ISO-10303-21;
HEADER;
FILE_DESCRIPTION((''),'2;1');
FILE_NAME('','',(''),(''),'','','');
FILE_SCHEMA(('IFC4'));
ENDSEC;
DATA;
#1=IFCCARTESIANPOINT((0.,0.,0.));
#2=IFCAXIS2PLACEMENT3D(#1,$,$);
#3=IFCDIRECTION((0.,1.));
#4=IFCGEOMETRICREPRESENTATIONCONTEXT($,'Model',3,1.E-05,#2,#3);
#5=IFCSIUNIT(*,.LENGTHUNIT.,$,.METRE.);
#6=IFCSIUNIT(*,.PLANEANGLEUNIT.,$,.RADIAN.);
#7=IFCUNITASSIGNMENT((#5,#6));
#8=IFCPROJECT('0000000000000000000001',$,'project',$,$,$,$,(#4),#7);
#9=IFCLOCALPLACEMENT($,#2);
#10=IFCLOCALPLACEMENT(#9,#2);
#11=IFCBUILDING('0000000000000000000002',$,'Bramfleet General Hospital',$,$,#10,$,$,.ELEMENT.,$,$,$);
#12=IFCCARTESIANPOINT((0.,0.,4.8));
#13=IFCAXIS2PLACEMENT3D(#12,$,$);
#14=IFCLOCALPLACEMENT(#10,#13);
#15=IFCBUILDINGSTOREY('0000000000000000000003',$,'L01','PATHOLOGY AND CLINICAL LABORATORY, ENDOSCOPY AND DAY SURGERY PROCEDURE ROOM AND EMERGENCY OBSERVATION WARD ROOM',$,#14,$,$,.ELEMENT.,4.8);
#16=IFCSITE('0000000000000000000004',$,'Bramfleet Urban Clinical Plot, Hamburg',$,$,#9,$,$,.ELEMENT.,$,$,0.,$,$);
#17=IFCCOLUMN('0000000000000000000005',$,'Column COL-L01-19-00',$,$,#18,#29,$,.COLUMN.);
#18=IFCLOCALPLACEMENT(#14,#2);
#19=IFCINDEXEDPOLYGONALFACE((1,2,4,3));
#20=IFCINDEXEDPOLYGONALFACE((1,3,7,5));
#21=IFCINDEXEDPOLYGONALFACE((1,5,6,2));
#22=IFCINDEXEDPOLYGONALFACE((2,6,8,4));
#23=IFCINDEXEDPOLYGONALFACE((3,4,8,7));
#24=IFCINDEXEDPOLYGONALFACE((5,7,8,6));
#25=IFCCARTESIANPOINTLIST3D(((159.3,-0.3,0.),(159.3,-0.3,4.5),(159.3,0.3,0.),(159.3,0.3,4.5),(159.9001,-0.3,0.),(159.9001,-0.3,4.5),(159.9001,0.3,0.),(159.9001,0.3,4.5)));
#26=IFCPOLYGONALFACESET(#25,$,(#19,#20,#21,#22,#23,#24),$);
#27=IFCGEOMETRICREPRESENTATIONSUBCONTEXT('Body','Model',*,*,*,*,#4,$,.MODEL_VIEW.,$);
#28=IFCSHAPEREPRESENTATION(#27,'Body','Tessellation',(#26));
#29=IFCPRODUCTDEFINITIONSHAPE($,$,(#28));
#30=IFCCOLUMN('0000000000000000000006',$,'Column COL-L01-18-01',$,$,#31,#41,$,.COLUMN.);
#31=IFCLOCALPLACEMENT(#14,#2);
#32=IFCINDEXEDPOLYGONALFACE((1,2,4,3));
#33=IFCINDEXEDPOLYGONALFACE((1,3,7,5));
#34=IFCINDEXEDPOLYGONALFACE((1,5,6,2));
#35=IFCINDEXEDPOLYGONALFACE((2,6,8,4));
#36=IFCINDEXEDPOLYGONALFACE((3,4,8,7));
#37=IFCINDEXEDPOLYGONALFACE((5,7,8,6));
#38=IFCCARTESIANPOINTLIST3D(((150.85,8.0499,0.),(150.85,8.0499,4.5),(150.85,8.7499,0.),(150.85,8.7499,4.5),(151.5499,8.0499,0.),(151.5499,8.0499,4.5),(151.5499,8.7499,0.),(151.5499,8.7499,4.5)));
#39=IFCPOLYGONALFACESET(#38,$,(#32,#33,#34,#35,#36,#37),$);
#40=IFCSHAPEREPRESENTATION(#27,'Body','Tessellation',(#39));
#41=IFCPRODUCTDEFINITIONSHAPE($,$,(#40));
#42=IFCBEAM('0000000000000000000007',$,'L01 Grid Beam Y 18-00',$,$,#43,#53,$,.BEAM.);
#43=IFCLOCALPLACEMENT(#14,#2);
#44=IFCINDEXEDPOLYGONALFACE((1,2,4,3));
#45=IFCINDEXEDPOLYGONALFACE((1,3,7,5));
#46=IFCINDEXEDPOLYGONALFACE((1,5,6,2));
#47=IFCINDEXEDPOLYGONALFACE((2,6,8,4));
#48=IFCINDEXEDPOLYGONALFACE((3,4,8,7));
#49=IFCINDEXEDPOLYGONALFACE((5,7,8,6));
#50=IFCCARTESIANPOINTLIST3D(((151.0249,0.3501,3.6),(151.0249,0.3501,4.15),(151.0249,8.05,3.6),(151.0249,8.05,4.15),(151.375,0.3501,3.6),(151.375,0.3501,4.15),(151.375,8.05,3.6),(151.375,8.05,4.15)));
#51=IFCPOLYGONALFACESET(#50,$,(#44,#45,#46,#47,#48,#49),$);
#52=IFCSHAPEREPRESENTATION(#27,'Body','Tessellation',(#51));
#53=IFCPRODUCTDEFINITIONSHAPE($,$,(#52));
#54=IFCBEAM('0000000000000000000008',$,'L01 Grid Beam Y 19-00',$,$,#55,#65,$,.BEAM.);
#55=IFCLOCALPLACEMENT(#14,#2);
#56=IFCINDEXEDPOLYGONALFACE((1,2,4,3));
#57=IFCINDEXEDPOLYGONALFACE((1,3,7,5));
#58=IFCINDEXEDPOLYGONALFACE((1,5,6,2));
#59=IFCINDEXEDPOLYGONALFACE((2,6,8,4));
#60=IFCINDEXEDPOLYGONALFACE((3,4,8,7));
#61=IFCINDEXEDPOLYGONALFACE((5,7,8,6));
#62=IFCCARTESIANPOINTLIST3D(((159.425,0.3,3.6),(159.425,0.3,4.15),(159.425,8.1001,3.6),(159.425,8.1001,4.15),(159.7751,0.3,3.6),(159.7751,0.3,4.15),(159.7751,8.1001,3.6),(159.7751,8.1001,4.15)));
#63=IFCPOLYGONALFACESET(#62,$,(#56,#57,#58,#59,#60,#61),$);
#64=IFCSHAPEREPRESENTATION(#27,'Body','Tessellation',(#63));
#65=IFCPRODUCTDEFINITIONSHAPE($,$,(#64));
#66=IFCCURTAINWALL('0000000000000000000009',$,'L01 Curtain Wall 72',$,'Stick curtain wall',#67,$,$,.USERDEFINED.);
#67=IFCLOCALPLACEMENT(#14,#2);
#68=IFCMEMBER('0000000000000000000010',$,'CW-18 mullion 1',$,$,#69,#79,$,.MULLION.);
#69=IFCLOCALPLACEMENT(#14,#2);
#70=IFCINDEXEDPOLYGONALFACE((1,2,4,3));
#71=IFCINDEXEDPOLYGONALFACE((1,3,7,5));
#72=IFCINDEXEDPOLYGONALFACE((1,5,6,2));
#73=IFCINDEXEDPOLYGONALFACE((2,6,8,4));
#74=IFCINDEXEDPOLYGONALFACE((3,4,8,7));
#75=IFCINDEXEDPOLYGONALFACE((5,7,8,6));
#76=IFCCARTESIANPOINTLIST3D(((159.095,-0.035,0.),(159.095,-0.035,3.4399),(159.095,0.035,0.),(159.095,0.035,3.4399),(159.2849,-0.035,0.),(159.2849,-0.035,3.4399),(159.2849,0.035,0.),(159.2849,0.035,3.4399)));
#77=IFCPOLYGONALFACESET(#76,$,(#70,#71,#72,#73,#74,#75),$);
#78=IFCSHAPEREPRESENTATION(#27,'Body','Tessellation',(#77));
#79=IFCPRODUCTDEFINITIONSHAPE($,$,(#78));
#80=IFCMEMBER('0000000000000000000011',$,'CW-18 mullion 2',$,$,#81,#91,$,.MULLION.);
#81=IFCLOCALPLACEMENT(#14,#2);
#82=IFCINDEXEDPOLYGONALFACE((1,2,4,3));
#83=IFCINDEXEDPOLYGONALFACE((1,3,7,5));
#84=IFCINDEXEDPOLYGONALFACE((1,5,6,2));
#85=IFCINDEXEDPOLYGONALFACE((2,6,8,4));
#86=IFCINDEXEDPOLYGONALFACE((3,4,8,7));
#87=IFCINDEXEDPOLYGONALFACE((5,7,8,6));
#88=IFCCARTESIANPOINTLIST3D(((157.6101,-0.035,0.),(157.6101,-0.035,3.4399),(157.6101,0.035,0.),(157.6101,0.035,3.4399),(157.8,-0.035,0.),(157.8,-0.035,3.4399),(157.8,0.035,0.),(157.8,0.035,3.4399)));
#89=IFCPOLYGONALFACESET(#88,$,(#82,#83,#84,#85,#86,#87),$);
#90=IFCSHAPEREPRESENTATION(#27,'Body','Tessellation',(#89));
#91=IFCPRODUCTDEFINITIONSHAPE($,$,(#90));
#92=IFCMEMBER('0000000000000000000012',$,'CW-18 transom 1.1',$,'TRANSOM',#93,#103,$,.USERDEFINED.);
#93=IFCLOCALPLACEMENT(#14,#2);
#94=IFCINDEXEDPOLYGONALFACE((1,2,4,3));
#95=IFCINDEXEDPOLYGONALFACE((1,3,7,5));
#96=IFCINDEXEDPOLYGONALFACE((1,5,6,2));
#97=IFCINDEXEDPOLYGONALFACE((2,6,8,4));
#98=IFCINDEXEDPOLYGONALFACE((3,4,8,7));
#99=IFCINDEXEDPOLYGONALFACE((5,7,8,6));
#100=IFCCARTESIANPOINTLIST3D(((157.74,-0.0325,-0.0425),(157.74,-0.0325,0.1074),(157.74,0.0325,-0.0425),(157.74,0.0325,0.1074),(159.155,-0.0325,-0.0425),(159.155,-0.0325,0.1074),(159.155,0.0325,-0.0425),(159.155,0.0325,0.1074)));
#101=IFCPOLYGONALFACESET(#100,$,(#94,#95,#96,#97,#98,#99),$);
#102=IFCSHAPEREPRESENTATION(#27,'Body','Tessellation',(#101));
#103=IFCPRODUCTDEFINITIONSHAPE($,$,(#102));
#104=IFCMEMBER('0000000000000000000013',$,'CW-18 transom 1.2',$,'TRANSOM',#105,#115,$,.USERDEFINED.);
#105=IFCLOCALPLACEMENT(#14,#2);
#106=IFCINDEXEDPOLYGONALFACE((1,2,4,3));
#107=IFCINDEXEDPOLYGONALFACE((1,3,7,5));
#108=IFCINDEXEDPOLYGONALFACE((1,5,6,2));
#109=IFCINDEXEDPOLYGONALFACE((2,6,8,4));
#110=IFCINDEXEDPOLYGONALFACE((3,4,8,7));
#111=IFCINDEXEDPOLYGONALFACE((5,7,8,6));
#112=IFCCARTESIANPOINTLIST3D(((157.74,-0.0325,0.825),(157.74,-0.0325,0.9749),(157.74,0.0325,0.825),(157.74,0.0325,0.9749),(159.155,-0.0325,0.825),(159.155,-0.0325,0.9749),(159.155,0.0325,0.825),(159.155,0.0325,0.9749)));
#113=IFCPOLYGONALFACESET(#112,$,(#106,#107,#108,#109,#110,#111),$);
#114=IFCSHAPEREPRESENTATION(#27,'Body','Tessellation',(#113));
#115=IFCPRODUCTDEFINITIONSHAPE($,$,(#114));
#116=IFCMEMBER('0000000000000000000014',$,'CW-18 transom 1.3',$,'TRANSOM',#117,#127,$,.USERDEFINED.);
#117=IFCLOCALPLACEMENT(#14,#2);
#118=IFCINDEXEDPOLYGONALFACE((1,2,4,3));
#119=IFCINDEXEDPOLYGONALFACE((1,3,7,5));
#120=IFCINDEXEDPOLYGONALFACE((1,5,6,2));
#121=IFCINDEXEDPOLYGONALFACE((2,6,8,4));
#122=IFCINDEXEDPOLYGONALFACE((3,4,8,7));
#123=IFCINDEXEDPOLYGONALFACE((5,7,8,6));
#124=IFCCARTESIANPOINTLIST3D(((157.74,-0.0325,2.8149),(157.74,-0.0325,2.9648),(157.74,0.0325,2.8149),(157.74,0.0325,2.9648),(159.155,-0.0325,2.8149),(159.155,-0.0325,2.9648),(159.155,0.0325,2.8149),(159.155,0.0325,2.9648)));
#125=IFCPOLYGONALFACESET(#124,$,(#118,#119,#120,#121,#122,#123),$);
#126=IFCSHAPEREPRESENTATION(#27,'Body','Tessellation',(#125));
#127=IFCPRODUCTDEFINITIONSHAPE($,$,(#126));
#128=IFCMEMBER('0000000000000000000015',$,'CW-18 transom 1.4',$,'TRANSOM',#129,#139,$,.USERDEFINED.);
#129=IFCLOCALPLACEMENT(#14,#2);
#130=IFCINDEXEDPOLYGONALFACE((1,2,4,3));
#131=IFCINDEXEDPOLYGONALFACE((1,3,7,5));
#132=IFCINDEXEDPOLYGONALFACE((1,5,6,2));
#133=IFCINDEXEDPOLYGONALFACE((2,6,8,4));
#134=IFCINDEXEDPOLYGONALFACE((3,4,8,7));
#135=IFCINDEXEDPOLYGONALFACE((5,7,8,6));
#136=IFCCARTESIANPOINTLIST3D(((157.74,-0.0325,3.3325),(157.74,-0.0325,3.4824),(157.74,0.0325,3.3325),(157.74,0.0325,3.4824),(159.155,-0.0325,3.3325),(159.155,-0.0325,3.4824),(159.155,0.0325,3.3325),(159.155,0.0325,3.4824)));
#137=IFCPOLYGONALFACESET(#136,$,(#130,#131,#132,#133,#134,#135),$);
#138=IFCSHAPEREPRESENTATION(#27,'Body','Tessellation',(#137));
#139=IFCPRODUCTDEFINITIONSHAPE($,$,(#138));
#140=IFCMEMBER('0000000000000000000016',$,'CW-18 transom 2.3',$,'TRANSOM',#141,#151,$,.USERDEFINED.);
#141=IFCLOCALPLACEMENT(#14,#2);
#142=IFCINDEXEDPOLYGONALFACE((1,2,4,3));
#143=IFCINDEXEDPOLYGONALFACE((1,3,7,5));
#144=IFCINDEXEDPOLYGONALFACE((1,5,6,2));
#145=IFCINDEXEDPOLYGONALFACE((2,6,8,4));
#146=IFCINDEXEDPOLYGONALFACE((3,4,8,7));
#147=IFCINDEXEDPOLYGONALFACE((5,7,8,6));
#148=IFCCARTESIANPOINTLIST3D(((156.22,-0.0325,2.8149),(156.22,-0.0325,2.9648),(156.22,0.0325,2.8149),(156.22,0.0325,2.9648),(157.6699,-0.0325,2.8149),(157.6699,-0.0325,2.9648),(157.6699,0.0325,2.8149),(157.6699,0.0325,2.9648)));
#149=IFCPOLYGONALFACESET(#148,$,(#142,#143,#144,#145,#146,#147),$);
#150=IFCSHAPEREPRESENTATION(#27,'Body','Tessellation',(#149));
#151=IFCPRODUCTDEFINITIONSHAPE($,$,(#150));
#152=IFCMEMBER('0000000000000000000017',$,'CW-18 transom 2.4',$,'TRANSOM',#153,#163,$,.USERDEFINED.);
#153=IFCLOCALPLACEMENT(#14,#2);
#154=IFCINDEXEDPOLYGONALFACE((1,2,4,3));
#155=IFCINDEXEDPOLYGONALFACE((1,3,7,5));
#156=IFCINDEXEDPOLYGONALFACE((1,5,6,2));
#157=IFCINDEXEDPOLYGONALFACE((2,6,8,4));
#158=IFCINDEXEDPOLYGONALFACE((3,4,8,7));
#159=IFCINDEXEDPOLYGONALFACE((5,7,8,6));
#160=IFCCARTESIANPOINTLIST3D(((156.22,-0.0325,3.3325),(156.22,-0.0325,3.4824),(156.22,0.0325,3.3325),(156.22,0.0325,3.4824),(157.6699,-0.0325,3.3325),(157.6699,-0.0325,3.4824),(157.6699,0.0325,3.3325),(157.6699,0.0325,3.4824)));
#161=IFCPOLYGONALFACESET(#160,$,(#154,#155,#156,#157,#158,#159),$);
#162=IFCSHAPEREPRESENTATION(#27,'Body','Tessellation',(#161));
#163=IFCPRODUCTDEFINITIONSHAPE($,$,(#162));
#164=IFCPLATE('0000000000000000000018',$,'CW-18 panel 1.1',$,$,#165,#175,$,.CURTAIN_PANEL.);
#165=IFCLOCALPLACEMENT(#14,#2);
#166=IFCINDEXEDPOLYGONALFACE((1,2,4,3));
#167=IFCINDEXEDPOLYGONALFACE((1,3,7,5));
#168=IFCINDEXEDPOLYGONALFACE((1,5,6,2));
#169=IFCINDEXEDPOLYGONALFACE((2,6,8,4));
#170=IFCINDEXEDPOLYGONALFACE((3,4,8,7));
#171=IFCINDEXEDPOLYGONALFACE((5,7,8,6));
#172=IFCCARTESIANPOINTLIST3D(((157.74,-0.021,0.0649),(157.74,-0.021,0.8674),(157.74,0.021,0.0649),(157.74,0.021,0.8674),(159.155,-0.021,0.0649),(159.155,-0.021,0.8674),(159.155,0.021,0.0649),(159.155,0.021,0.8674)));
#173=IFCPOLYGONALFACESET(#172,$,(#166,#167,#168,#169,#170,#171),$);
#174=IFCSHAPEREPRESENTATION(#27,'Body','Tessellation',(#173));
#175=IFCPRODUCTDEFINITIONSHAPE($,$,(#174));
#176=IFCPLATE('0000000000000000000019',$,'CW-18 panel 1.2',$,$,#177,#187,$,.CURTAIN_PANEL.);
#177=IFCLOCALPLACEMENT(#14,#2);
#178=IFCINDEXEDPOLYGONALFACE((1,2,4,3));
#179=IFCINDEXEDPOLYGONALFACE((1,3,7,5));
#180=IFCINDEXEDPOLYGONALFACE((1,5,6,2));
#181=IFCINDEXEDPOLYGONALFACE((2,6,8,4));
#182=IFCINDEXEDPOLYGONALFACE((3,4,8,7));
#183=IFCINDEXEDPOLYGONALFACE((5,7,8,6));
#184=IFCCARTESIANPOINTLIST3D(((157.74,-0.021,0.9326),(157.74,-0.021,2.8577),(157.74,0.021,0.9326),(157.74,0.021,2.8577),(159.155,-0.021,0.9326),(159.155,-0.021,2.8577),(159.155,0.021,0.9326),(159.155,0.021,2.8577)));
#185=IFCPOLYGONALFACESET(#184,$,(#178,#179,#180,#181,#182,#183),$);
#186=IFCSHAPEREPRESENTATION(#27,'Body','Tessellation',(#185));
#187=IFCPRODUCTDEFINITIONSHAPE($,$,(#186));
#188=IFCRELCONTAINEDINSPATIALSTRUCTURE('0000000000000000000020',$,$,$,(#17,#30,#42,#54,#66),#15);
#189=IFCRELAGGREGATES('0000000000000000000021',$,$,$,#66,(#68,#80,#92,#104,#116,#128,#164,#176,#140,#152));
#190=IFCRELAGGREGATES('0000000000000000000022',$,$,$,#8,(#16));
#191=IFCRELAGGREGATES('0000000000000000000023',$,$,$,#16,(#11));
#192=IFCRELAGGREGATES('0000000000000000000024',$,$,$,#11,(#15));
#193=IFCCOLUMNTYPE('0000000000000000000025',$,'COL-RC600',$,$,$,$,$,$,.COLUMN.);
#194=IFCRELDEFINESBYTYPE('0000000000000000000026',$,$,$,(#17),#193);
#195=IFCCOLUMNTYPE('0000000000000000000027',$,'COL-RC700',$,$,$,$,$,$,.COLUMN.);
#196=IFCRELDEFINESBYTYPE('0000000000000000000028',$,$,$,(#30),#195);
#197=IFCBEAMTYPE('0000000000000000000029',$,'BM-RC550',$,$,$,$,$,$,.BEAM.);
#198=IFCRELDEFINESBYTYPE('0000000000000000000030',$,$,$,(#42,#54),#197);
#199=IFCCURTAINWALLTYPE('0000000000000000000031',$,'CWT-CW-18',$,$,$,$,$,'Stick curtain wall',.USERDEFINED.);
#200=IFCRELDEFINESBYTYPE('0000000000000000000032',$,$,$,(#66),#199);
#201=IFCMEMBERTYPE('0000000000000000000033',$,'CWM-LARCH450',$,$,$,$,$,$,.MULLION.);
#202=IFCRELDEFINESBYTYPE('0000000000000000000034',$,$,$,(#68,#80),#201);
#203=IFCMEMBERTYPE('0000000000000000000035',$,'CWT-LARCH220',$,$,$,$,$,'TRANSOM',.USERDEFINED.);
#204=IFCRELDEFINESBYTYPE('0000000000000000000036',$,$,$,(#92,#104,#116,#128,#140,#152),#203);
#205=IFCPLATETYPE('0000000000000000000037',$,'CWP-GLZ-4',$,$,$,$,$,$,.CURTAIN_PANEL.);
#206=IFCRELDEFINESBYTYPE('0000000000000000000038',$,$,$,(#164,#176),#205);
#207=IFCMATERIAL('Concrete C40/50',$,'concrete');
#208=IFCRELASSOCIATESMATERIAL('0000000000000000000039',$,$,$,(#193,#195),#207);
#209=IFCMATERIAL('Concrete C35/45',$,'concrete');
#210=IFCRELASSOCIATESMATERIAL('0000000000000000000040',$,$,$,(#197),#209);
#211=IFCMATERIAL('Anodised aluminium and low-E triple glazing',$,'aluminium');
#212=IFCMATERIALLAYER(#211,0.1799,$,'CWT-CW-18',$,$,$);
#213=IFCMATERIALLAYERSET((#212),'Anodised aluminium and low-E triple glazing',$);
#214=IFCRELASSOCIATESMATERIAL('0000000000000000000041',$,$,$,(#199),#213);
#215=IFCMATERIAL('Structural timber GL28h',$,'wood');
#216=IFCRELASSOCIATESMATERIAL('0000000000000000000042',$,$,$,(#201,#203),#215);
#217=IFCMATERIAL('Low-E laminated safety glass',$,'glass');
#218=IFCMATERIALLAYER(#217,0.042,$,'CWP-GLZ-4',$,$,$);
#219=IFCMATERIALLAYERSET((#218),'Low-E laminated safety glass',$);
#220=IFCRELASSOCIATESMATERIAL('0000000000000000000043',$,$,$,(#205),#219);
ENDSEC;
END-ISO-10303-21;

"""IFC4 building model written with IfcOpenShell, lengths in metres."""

from ifc_helpers import new_model, si_unit, direction, frame, origin, origin_2d, place, context, subcontext, project, spatial, rectangle, extrude, material, layer, layer_set, material_profile, profile_set, type_object, element, aggregate, save


model = new_model("IFC4")

# Units and contexts
model_context = context("Model", 3, precision=1e-05, world=origin(), true_north=direction((0.0, 1.0)))
body_context = subcontext(model_context, "Body", "Model", "MODEL_VIEW")
ifc_project = project(units=[si_unit("LENGTHUNIT", "METRE"), si_unit("PLANEANGLEUNIT", "RADIAN")], contexts=[model_context])

# Site, building, storey
site_placement = place(None, origin())
site = spatial("IfcSite", under=ifc_project, at=site_placement, Name="Bramfleet Urban Clinical Plot, Hamburg", CompositionType="ELEMENT", RefElevation=0.0)
building_placement = place(site_placement, origin())
building = spatial("IfcBuilding", under=site, at=building_placement, Name="Bramfleet General Hospital", CompositionType="ELEMENT")
storey_placement = place(building_placement, frame((0.0, 0.0, 4.8)))
storey = spatial("IfcBuildingStorey", under=building, at=storey_placement, Name="L01", Description="PATHOLOGY AND CLINICAL LABORATORY, ENDOSCOPY AND DAY SURGERY PROCEDURE ROOM AND EMERGENCY OBSERVATION WARD ROOM", CompositionType="ELEMENT", Elevation=4.8)

# Columns
ifc_material_1 = material(Name="Concrete C40/50", Category="concrete")
ifc_material_profile_1 = material_profile(ifc_material_1, rectangle(XDim=0.6001, YDim=0.6001, at=origin_2d()), Name="RC COL 600x600")
ifc_profile_set_1 = profile_set([ifc_material_profile_1], Name="Concrete C40/50")
column_type_1 = type_object("IfcColumnType", Name="COL-RC600", PredefinedType="COLUMN", material=ifc_profile_set_1)
column_1_placement = place(storey_placement, frame((159.6001, 0.0, 0.0), z_axis=(0.0, 0.0, 1.0), x_axis=(1.0, 0.0, 0.0)))
element("IfcColumn", 1, at=column_1_placement, inside=storey, type_object=column_type_1, Name="Column COL-L01-19-00", PredefinedType="COLUMN", context=body_context, shape_type="SweptSolid", body=[
    extrude(rectangle(XDim=0.6001, YDim=0.6001, at=origin_2d()), origin(), (0.0, 0.0, 1.0), 4.5),
])
ifc_material_profile_2 = material_profile(ifc_material_1, rectangle(XDim=0.7, YDim=0.7, at=origin_2d()), Name="RC COL 700x700")
ifc_profile_set_2 = profile_set([ifc_material_profile_2], Name="Concrete C40/50")
column_type_2 = type_object("IfcColumnType", Name="COL-RC700", PredefinedType="COLUMN", material=ifc_profile_set_2)
column_2_placement = place(storey_placement, frame((151.2, 8.3999, 0.0), z_axis=(0.0, 0.0, 1.0), x_axis=(1.0, 0.0, 0.0)))
element("IfcColumn", 2, at=column_2_placement, inside=storey, type_object=column_type_2, Name="Column COL-L01-18-01", PredefinedType="COLUMN", context=body_context, shape_type="SweptSolid", body=[
    extrude(rectangle(XDim=0.7, YDim=0.7, at=origin_2d()), origin(), (0.0, 0.0, 1.0), 4.5),
])

# Beams
ifc_material_2 = material(Name="Concrete C35/45", Category="concrete")
ifc_material_profile_3 = material_profile(ifc_material_2, rectangle(XDim=0.3501, YDim=0.55, at=origin_2d()), Name="RC BM 550x350")
ifc_profile_set_3 = profile_set([ifc_material_profile_3], Name="Concrete C35/45")
beam_type = type_object("IfcBeamType", Name="BM-RC550", PredefinedType="BEAM", material=ifc_profile_set_3)
beam_1_placement = place(storey_placement, frame((151.2, 0.3501, 3.875), z_axis=(0.0, 1.0, 0.0), x_axis=(-1.0, 0.0, 0.0)))
element("IfcBeam", 3, at=beam_1_placement, inside=storey, type_object=beam_type, Name="L01 Grid Beam Y 18-00", PredefinedType="BEAM", context=body_context, shape_type="SweptSolid", body=[
    extrude(rectangle(XDim=0.3501, YDim=0.55, at=origin_2d()), origin(), (0.0, 0.0, 1.0), 7.7),
])
beam_2_placement = place(storey_placement, frame((159.6001, 0.3, 3.875), z_axis=(0.0, 1.0, 0.0), x_axis=(-1.0, 0.0, 0.0)))
element("IfcBeam", 4, at=beam_2_placement, inside=storey, type_object=beam_type, Name="L01 Grid Beam Y 19-00", PredefinedType="BEAM", context=body_context, shape_type="SweptSolid", body=[
    extrude(rectangle(XDim=0.3501, YDim=0.55, at=origin_2d()), origin(), (0.0, 0.0, 1.0), 7.8),
])

# Curtain wall, members, plates
ifc_material_3 = material(Name="Anodised aluminium and low-E triple glazing", Category="aluminium")
ifc_layer_1 = layer(ifc_material_3, 0.1799, Name="CWT-CW-18")
ifc_layer_set_1 = layer_set([ifc_layer_1], Name="Anodised aluminium and low-E triple glazing")
curtain_wall_type = type_object("IfcCurtainWallType", Name="CWT-CW-18", ElementType="Stick curtain wall", PredefinedType="USERDEFINED", material=ifc_layer_set_1)
curtain_wall_placement = place(storey_placement, origin())
curtain_wall = element("IfcCurtainWall", 5, at=curtain_wall_placement, inside=storey, type_object=curtain_wall_type, Name="L01 Curtain Wall 72", ObjectType="Stick curtain wall", PredefinedType="USERDEFINED")
ifc_material_4 = material(Name="Structural timber GL28h", Category="wood")
ifc_material_profile_4 = material_profile(ifc_material_4, rectangle(XDim=0.0701, YDim=0.1899, at=origin_2d()), Name="LARCH 190x70")
ifc_profile_set_4 = profile_set([ifc_material_profile_4], Name="Structural timber GL28h")
member_type_1 = type_object("IfcMemberType", Name="CWM-LARCH450", PredefinedType="MULLION", material=ifc_profile_set_4)
member_1_placement = place(storey_placement, frame((159.1899, 0.0, 0.0), z_axis=(0.0, 0.0, 1.0), x_axis=(0.0, -1.0, 0.0)))
member_1 = element("IfcMember", 6, at=member_1_placement, type_object=member_type_1, Name="CW-18 mullion 1", PredefinedType="MULLION", context=body_context, shape_type="SweptSolid", body=[
    extrude(rectangle(XDim=0.0701, YDim=0.1899, at=origin_2d()), origin(), (0.0, 0.0, 1.0), 3.4399),
])
member_2_placement = place(storey_placement, frame((157.7051, 0.0, 0.0), z_axis=(0.0, 0.0, 1.0), x_axis=(0.0, -1.0, 0.0)))
member_2 = element("IfcMember", 7, at=member_2_placement, type_object=member_type_1, Name="CW-18 mullion 2", PredefinedType="MULLION", context=body_context, shape_type="SweptSolid", body=[
    extrude(rectangle(XDim=0.0701, YDim=0.1899, at=origin_2d()), origin(), (0.0, 0.0, 1.0), 3.4399),
])
ifc_material_profile_5 = material_profile(ifc_material_4, rectangle(XDim=0.0649, YDim=0.1499, at=origin_2d()), Name="LARCH 150x65")
ifc_profile_set_5 = profile_set([ifc_material_profile_5], Name="Structural timber GL28h")
member_type_2 = type_object("IfcMemberType", Name="CWT-LARCH220", ElementType="TRANSOM", PredefinedType="USERDEFINED", material=ifc_profile_set_5)
member_3_placement = place(storey_placement, frame((159.155, 0.0, 0.0325), z_axis=(-1.0, 0.0, 0.0), x_axis=(0.0, -1.0, 0.0)))
member_3 = element("IfcMember", 8, at=member_3_placement, type_object=member_type_2, Name="CW-18 transom 1.1", ObjectType="TRANSOM", PredefinedType="USERDEFINED", context=body_context, shape_type="SweptSolid", body=[
    extrude(rectangle(XDim=0.0649, YDim=0.1499, at=origin_2d()), origin(), (0.0, 0.0, 1.0), 1.415),
])
member_4_placement = place(storey_placement, frame((159.155, 0.0, 0.8999), z_axis=(-1.0, 0.0, 0.0), x_axis=(0.0, -1.0, 0.0)))
member_4 = element("IfcMember", 9, at=member_4_placement, type_object=member_type_2, Name="CW-18 transom 1.2", ObjectType="TRANSOM", PredefinedType="USERDEFINED", context=body_context, shape_type="SweptSolid", body=[
    extrude(rectangle(XDim=0.0649, YDim=0.1499, at=origin_2d()), origin(), (0.0, 0.0, 1.0), 1.415),
])
member_5_placement = place(storey_placement, frame((159.155, 0.0, 2.8899), z_axis=(-1.0, 0.0, 0.0), x_axis=(0.0, -1.0, 0.0)))
member_5 = element("IfcMember", 10, at=member_5_placement, type_object=member_type_2, Name="CW-18 transom 1.3", ObjectType="TRANSOM", PredefinedType="USERDEFINED", context=body_context, shape_type="SweptSolid", body=[
    extrude(rectangle(XDim=0.0649, YDim=0.1499, at=origin_2d()), origin(), (0.0, 0.0, 1.0), 1.415),
])
member_6_placement = place(storey_placement, frame((159.155, 0.0, 3.4075), z_axis=(-1.0, 0.0, 0.0), x_axis=(0.0, -1.0, 0.0)))
member_6 = element("IfcMember", 11, at=member_6_placement, type_object=member_type_2, Name="CW-18 transom 1.4", ObjectType="TRANSOM", PredefinedType="USERDEFINED", context=body_context, shape_type="SweptSolid", body=[
    extrude(rectangle(XDim=0.0649, YDim=0.1499, at=origin_2d()), origin(), (0.0, 0.0, 1.0), 1.415),
])
member_7_placement = place(storey_placement, frame((157.6699, 0.0, 2.8899), z_axis=(-1.0, 0.0, 0.0), x_axis=(0.0, -1.0, 0.0)))
member_7 = element("IfcMember", 12, at=member_7_placement, type_object=member_type_2, Name="CW-18 transom 2.3", ObjectType="TRANSOM", PredefinedType="USERDEFINED", context=body_context, shape_type="SweptSolid", body=[
    extrude(rectangle(XDim=0.0649, YDim=0.1499, at=origin_2d()), origin(), (0.0, 0.0, 1.0), 1.45),
])
member_8_placement = place(storey_placement, frame((157.6699, 0.0, 3.4075), z_axis=(-1.0, 0.0, 0.0), x_axis=(0.0, -1.0, 0.0)))
member_8 = element("IfcMember", 13, at=member_8_placement, type_object=member_type_2, Name="CW-18 transom 2.4", ObjectType="TRANSOM", PredefinedType="USERDEFINED", context=body_context, shape_type="SweptSolid", body=[
    extrude(rectangle(XDim=0.0649, YDim=0.1499, at=origin_2d()), origin(), (0.0, 0.0, 1.0), 1.45),
])
ifc_material_5 = material(Name="Low-E laminated safety glass", Category="glass")
ifc_layer_2 = layer(ifc_material_5, 0.042, Name="CWP-GLZ-4")
ifc_layer_set_2 = layer_set([ifc_layer_2], Name="Low-E laminated safety glass")
plate_type = type_object("IfcPlateType", Name="CWP-GLZ-4", PredefinedType="CURTAIN_PANEL", material=ifc_layer_set_2)
plate_1_placement = place(storey_placement, frame((158.4475, 0.0, 0.0649), z_axis=(0.0, 0.0, 1.0), x_axis=(-1.0, 0.0, 0.0)))
plate_1 = element("IfcPlate", 14, at=plate_1_placement, type_object=plate_type, Name="CW-18 panel 1.1", PredefinedType="CURTAIN_PANEL", context=body_context, shape_type="SweptSolid", body=[
    extrude(rectangle(XDim=1.415, YDim=0.042, at=origin_2d()), origin(), (0.0, 0.0, 1.0), 0.8025),
])
plate_2_placement = place(storey_placement, frame((158.4475, 0.0, 0.9326), z_axis=(0.0, 0.0, 1.0), x_axis=(-1.0, 0.0, 0.0)))
plate_2 = element("IfcPlate", 15, at=plate_2_placement, type_object=plate_type, Name="CW-18 panel 1.2", PredefinedType="CURTAIN_PANEL", context=body_context, shape_type="SweptSolid", body=[
    extrude(rectangle(XDim=1.415, YDim=0.042, at=origin_2d()), origin(), (0.0, 0.0, 1.0), 1.925),
])
aggregate(curtain_wall, [member_1, member_2, member_3, member_4, member_5, member_6, plate_1, plate_2, member_7, member_8])

save(model, "model.ifc")
